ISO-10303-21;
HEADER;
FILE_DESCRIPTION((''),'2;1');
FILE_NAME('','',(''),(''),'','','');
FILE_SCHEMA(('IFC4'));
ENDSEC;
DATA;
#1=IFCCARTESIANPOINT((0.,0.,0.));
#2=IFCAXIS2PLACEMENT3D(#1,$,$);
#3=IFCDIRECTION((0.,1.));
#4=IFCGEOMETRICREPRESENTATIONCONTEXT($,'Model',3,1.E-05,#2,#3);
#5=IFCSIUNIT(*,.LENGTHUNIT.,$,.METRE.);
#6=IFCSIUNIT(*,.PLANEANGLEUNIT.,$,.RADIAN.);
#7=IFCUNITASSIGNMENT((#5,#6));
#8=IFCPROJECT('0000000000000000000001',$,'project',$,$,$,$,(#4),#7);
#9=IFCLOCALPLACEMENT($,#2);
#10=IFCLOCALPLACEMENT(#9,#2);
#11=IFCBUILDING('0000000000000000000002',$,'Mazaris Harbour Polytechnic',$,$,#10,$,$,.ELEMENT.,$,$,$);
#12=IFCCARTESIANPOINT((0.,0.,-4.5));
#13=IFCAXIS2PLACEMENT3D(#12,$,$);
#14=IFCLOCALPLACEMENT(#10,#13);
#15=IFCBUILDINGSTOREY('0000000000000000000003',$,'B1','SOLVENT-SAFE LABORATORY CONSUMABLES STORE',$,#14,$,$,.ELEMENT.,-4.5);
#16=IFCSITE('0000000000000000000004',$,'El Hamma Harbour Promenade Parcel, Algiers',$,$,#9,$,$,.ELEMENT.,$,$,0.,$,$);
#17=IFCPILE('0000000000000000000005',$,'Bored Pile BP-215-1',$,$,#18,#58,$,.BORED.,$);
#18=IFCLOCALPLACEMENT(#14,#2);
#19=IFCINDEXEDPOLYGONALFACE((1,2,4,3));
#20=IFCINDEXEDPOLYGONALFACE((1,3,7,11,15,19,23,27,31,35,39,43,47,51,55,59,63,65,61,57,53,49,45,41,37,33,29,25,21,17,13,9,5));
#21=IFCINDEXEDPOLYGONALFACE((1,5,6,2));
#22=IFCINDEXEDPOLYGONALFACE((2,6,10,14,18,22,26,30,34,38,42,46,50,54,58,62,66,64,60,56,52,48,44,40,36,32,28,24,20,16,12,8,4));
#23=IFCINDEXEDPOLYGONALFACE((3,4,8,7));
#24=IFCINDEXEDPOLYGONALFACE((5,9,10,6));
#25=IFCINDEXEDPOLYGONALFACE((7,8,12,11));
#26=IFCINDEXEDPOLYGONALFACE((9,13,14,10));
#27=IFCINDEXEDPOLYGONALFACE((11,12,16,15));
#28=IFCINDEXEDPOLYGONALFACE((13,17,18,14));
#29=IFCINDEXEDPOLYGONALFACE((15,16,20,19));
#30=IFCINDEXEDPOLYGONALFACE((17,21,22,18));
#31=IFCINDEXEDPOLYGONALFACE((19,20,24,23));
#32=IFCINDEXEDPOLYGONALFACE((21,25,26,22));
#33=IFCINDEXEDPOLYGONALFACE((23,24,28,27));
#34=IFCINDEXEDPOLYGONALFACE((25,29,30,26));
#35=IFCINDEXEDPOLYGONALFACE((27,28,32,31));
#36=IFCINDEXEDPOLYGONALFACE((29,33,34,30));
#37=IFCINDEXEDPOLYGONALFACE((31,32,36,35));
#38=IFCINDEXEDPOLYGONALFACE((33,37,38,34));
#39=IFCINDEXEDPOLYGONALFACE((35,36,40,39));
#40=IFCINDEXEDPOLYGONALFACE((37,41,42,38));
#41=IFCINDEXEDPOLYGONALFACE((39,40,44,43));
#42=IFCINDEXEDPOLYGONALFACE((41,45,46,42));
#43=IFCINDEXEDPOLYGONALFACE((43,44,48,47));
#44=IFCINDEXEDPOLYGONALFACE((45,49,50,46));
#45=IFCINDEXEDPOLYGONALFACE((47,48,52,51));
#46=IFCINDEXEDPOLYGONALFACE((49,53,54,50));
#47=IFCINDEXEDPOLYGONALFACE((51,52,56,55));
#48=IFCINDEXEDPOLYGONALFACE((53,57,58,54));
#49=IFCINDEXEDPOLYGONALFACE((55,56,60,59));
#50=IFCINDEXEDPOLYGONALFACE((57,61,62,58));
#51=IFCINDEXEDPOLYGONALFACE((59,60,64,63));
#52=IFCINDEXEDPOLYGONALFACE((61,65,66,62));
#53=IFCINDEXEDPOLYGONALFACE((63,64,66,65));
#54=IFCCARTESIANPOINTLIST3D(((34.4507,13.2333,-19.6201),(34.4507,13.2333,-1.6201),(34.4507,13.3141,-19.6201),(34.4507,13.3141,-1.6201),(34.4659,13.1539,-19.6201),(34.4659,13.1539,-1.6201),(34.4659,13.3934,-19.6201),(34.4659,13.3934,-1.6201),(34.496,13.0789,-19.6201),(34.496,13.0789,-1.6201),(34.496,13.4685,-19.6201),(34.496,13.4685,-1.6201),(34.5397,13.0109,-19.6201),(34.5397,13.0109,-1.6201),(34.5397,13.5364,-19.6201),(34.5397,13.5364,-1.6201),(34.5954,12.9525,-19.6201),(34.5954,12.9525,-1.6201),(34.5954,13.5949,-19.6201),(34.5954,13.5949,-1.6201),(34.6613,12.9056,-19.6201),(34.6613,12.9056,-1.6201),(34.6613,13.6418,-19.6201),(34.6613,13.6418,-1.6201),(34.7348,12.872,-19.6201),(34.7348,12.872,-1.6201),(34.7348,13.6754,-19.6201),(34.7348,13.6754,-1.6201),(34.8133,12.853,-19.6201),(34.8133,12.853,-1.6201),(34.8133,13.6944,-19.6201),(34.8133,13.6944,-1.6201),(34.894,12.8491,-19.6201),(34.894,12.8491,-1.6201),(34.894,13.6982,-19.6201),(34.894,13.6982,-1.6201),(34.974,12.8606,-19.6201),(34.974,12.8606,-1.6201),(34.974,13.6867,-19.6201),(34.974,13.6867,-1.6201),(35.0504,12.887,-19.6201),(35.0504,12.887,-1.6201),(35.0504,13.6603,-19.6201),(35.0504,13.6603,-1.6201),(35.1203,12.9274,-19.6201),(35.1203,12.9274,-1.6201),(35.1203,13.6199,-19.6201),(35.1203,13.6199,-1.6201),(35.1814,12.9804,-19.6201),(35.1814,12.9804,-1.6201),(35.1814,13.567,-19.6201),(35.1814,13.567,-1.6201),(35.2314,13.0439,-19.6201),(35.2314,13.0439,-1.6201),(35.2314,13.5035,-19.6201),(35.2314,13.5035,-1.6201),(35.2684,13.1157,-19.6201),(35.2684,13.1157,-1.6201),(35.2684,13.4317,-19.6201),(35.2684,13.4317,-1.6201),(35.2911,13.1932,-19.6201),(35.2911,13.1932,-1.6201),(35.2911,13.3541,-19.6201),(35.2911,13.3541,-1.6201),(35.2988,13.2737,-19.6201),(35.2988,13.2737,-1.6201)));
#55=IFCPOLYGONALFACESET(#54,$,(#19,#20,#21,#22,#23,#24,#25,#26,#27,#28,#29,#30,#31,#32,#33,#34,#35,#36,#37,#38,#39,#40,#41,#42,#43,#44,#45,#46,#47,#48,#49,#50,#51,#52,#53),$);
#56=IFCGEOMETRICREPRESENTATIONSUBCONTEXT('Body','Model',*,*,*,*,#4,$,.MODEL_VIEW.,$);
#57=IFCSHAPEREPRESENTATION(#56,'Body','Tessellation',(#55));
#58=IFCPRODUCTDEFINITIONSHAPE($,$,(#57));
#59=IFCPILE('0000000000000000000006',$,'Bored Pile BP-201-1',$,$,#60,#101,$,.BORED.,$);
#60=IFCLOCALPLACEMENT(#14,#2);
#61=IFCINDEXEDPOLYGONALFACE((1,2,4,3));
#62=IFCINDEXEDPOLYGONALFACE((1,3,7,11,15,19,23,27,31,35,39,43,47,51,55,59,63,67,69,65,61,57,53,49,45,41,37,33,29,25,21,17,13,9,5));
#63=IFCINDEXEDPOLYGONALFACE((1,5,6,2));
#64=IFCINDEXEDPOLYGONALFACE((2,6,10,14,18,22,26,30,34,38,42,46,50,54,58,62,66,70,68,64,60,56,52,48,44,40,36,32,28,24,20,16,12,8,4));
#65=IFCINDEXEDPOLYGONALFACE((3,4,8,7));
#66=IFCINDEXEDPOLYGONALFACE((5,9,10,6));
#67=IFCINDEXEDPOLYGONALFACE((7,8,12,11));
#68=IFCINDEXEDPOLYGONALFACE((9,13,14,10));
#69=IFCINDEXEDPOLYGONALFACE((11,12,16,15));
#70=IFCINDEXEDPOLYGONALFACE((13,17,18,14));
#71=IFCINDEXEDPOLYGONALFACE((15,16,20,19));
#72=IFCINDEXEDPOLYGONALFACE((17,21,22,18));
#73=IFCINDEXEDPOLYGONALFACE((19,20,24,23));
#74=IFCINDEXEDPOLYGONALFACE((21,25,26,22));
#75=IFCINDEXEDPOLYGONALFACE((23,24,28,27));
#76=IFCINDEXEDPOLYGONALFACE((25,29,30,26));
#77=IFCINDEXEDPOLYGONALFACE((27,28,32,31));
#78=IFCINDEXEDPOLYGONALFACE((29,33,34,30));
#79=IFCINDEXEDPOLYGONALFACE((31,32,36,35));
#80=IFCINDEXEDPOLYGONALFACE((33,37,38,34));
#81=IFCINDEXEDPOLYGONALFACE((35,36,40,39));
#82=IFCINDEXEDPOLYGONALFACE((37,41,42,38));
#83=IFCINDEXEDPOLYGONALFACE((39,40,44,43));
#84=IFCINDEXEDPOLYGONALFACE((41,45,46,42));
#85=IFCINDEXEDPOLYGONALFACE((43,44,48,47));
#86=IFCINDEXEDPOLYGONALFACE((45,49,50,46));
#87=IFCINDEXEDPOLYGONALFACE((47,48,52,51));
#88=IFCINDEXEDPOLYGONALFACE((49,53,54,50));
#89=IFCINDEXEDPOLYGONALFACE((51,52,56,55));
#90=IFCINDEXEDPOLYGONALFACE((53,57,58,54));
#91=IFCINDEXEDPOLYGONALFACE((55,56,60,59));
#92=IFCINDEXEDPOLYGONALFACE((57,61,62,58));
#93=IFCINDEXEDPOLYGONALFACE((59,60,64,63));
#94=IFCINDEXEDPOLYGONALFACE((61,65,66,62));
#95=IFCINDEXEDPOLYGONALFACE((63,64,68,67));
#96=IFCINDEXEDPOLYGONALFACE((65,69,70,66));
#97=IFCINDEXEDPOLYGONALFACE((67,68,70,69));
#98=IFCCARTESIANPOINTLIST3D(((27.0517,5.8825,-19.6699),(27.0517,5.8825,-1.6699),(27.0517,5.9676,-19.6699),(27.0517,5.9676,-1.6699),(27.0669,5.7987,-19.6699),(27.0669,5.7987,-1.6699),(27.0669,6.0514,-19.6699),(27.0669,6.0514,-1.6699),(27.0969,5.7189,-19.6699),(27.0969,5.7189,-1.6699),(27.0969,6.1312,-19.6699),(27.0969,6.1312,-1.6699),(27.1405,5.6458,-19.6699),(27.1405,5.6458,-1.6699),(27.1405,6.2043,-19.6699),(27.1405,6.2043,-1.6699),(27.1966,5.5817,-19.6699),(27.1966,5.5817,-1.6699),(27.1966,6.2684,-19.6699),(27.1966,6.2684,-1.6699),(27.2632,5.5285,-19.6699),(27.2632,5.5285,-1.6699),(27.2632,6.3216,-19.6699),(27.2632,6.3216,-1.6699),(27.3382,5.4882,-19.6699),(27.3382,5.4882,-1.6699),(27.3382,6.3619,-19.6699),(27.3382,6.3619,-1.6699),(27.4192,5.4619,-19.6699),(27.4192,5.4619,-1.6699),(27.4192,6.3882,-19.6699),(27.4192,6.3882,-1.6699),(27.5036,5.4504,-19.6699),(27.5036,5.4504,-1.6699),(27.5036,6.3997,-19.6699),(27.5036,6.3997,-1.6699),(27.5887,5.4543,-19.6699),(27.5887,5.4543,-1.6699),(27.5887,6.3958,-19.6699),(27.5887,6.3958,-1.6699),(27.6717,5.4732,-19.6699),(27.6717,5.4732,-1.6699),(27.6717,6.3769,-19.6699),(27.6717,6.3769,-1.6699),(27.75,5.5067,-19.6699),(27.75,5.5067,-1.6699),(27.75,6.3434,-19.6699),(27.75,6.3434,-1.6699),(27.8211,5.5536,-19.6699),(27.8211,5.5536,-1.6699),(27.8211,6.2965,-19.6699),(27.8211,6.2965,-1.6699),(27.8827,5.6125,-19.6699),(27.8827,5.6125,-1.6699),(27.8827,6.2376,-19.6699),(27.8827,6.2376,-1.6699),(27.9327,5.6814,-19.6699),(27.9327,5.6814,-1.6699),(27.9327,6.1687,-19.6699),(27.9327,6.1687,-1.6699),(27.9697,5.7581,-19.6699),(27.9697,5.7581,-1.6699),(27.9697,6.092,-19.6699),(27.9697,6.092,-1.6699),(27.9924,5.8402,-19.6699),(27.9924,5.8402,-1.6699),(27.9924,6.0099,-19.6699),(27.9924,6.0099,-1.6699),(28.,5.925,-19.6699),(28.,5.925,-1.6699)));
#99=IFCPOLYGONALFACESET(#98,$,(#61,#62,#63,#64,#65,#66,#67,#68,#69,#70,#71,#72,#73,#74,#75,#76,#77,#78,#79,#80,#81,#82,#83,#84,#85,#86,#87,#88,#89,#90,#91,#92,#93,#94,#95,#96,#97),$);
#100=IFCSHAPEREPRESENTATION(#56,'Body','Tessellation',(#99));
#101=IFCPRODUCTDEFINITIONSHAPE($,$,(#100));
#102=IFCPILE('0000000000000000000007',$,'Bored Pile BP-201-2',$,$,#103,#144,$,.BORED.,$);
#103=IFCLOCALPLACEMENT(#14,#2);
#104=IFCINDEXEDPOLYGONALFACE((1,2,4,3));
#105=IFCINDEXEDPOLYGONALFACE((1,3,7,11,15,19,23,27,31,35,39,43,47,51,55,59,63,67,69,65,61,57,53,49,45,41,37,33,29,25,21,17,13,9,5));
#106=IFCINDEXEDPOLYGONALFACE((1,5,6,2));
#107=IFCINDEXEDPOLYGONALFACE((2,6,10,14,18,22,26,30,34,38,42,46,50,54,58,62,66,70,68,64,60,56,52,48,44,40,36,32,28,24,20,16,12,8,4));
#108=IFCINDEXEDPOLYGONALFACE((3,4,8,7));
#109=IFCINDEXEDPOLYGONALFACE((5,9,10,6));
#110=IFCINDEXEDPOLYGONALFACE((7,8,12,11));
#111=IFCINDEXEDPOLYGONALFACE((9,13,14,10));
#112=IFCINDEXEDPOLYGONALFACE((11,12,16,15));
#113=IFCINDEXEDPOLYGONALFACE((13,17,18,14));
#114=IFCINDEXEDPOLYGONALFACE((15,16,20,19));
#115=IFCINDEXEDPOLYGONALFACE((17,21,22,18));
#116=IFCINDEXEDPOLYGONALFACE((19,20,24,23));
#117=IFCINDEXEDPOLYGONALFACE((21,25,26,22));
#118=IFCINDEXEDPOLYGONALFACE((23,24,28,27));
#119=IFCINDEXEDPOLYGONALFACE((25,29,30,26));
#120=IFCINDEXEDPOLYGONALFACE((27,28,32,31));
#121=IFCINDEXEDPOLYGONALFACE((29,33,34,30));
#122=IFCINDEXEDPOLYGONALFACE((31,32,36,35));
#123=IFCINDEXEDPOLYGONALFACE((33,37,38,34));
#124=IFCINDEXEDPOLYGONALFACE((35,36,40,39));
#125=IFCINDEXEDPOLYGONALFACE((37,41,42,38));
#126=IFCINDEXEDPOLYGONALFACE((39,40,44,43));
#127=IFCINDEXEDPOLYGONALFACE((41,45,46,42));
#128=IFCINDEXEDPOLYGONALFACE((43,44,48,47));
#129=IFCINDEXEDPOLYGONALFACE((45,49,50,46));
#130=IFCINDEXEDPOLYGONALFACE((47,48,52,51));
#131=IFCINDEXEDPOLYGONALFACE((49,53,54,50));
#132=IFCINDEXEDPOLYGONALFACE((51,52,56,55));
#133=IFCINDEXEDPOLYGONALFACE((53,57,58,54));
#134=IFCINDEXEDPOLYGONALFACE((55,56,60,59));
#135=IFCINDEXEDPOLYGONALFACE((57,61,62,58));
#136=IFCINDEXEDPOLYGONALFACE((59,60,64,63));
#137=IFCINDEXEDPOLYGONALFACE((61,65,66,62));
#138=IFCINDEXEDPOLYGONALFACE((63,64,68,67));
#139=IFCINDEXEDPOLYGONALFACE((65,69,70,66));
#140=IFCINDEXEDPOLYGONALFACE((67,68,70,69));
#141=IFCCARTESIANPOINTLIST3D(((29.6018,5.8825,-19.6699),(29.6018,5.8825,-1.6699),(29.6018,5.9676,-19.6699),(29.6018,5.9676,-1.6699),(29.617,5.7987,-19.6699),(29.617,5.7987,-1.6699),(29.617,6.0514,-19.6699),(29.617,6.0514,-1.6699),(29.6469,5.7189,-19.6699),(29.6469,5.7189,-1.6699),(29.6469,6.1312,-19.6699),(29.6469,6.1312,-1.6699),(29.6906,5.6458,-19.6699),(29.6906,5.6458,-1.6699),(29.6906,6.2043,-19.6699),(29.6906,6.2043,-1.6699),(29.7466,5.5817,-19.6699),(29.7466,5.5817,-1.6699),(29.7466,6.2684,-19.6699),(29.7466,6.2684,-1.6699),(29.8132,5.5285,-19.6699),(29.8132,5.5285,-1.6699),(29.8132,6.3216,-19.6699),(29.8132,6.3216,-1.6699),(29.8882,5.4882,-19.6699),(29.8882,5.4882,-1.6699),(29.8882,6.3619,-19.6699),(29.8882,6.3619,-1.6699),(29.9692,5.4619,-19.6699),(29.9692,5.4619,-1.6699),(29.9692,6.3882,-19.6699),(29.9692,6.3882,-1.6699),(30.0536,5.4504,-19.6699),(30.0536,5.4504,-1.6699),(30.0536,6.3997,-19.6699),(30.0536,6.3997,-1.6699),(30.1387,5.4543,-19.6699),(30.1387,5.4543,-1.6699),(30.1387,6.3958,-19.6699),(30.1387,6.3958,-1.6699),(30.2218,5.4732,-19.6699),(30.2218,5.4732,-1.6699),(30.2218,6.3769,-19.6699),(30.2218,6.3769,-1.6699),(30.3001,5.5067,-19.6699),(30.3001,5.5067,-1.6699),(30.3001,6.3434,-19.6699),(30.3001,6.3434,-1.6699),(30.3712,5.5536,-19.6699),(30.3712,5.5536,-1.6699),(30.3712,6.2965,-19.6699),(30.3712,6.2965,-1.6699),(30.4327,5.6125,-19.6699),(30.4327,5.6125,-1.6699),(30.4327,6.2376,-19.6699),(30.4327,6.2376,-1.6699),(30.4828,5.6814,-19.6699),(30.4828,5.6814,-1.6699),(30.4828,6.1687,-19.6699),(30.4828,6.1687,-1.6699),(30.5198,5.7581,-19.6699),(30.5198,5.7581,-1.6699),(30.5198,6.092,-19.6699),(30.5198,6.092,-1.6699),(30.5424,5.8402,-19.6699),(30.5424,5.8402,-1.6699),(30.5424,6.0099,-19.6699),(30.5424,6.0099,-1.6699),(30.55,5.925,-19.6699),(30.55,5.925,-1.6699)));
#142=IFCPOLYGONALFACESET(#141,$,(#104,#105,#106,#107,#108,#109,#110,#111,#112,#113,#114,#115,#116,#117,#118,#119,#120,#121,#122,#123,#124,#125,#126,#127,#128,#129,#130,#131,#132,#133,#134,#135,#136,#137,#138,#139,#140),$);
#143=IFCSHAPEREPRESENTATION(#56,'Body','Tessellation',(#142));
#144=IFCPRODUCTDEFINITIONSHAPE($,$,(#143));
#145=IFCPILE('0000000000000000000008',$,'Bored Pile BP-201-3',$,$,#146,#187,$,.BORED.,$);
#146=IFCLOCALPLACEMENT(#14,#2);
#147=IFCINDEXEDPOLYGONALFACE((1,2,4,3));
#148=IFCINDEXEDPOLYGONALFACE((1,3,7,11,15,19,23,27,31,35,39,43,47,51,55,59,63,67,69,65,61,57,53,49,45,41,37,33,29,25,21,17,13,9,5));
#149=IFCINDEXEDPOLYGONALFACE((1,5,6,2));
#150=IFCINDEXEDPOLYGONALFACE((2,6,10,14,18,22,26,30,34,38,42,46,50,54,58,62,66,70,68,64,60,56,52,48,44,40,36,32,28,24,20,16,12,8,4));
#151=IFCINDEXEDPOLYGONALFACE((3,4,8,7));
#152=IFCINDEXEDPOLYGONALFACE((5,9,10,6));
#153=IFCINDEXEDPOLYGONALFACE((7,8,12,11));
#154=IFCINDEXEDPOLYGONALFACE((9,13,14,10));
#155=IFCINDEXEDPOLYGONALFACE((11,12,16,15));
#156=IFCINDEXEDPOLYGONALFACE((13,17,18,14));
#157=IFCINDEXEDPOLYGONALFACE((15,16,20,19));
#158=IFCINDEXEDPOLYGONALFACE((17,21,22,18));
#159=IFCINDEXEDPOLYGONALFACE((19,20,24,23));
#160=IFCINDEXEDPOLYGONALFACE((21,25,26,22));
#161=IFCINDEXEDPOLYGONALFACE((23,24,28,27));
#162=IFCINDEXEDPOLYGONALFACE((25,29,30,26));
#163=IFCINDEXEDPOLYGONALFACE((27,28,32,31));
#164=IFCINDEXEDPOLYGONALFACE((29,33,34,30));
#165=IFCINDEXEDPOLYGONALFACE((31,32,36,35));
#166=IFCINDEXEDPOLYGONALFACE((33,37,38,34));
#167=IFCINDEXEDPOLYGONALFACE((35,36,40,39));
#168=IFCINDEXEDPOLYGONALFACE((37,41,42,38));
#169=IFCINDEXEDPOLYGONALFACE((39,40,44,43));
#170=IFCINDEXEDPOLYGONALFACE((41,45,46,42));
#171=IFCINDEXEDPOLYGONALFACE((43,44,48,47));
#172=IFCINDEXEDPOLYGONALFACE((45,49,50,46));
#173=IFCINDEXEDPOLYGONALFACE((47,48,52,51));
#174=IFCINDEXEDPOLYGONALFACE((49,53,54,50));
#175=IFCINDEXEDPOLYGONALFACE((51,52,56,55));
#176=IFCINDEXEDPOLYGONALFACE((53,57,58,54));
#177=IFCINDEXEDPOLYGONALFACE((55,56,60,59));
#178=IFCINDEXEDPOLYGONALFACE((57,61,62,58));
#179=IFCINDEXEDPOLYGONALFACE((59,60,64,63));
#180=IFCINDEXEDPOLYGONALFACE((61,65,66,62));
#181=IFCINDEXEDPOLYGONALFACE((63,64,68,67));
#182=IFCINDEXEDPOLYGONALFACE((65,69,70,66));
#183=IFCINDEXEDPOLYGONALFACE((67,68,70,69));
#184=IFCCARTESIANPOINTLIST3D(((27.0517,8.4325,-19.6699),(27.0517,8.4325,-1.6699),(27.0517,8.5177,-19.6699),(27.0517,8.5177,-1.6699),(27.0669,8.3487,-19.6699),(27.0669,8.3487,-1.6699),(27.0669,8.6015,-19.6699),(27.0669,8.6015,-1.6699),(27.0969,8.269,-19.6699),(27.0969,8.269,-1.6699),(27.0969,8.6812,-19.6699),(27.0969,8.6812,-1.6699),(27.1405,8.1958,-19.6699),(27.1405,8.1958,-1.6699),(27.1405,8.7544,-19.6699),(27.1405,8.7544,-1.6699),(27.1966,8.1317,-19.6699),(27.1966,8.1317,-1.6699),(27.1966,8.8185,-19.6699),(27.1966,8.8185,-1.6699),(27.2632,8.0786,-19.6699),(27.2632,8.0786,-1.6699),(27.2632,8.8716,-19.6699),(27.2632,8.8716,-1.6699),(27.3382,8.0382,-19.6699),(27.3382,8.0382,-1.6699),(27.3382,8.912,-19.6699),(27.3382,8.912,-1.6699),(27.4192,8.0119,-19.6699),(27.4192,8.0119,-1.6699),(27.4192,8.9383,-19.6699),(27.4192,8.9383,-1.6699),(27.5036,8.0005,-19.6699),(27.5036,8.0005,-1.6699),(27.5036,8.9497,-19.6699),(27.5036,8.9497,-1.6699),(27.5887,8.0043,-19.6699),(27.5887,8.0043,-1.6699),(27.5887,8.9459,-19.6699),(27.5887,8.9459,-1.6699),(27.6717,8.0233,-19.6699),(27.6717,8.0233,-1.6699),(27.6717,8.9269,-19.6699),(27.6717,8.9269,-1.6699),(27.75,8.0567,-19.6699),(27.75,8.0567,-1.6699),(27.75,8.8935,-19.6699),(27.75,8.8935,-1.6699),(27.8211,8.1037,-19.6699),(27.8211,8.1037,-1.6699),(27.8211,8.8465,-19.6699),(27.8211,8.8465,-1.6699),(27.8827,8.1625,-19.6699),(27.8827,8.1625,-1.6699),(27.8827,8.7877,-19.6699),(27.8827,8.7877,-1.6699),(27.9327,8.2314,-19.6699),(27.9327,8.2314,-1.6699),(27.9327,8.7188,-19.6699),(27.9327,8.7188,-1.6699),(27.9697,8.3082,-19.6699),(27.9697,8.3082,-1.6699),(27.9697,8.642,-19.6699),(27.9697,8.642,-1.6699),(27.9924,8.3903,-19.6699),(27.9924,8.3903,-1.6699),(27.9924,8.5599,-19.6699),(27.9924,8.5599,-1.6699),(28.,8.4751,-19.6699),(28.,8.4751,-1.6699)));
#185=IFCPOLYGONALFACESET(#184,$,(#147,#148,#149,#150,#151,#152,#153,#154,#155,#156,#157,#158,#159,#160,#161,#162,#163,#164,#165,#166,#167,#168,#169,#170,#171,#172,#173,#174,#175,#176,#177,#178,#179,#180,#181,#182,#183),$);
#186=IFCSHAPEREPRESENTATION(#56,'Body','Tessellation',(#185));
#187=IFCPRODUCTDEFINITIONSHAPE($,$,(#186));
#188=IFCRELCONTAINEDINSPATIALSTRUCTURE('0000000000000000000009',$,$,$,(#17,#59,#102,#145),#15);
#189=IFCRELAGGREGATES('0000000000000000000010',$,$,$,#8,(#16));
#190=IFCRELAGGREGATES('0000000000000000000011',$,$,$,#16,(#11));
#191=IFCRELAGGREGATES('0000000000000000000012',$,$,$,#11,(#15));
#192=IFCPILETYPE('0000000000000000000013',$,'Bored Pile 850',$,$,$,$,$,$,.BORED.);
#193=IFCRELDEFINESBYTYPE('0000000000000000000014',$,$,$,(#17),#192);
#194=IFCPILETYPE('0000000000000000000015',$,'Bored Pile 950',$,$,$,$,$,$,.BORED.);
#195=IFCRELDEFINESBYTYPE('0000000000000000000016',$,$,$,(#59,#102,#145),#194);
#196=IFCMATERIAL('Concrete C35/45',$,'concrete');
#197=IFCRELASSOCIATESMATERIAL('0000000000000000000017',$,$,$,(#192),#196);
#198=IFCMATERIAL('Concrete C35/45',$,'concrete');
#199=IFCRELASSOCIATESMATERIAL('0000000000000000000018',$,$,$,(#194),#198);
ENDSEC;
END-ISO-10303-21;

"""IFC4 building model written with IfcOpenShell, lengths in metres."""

from ifc_helpers import new_model, si_unit, direction, frame, origin, origin_2d, place, context, subcontext, project, spatial, circle, extrude, material, material_profile, profile_set, type_object, element, save


model = new_model("IFC4")

# Units and contexts
model_context = context("Model", 3, precision=1e-05, world=origin(), true_north=direction((0.0, 1.0)))
body_context = subcontext(model_context, "Body", "Model", "MODEL_VIEW")
ifc_project = project(units=[si_unit("LENGTHUNIT", "METRE"), si_unit("PLANEANGLEUNIT", "RADIAN")], contexts=[model_context])

# Site, building, storey
site_placement = place(None, origin())
site = spatial("IfcSite", under=ifc_project, at=site_placement, Name="El Hamma Harbour Promenade Parcel, Algiers", CompositionType="ELEMENT", RefElevation=0.0)
building_placement = place(site_placement, origin())
building = spatial("IfcBuilding", under=site, at=building_placement, Name="Mazaris Harbour Polytechnic", CompositionType="ELEMENT")
storey_placement = place(building_placement, frame((0.0, 0.0, -4.5)))
storey = spatial("IfcBuildingStorey", under=building, at=storey_placement, Name="B1", Description="SOLVENT-SAFE LABORATORY CONSUMABLES STORE", CompositionType="ELEMENT", Elevation=-4.5)

# Piles
ifc_material_1 = material(Name="Concrete C35/45", Category="concrete")
ifc_material_profile_1 = material_profile(ifc_material_1, circle(Radius=0.425, at=origin_2d()), Name="DIA850")
ifc_profile_set_1 = profile_set([ifc_material_profile_1], Name="Concrete C35/45")
pile_type_1 = type_object("IfcPileType", Name="Bored Pile 850", PredefinedType="BORED", material=ifc_profile_set_1)
pile_placement = place(storey_placement, frame((34.8738, 13.2737, -1.6201), z_axis=(0.0, 0.0, -1.0), x_axis=(1.0, 0.0, 0.0)))
element("IfcPile", 1, at=pile_placement, inside=storey, type_object=pile_type_1, Name="Bored Pile BP-215-1", PredefinedType="BORED", context=body_context, shape_type="SweptSolid", body=[
    extrude(circle(Radius=0.425, at=origin_2d()), origin(), (0.0, 0.0, 1.0), 18.0),
])
ifc_material_2 = material(Name="Concrete C35/45", Category="concrete")
ifc_material_profile_2 = material_profile(ifc_material_2, circle(Radius=0.4751, at=origin_2d()), Name="DIA950")
ifc_profile_set_2 = profile_set([ifc_material_profile_2], Name="Concrete C35/45")
pile_type_2 = type_object("IfcPileType", Name="Bored Pile 950", PredefinedType="BORED", material=ifc_profile_set_2)
for number, where, z_axis, x_axis, name in (
    (2, (27.5249, 5.925, -1.6699), (0.0, 0.0, -1.0), (1.0, 0.0, 0.0), "Bored Pile BP-201-1"),
    (3, (30.075, 5.925, -1.6699), (0.0, 0.0, -1.0), (1.0, 0.0, 0.0), "Bored Pile BP-201-2"),
    (4, (27.5249, 8.4751, -1.6699), (0.0, 0.0, -1.0), (1.0, 0.0, 0.0), "Bored Pile BP-201-3"),
):
    element("IfcPile", number, at=place(storey_placement, frame(where, z_axis=z_axis, x_axis=x_axis)), inside=storey, type_object=pile_type_2, Name=name, PredefinedType="BORED", context=body_context, shape_type="SweptSolid", body=[
        extrude(circle(Radius=0.4751, at=origin_2d()), origin(), (0.0, 0.0, 1.0), 18.0),
    ])

save(model, "model.ifc")
